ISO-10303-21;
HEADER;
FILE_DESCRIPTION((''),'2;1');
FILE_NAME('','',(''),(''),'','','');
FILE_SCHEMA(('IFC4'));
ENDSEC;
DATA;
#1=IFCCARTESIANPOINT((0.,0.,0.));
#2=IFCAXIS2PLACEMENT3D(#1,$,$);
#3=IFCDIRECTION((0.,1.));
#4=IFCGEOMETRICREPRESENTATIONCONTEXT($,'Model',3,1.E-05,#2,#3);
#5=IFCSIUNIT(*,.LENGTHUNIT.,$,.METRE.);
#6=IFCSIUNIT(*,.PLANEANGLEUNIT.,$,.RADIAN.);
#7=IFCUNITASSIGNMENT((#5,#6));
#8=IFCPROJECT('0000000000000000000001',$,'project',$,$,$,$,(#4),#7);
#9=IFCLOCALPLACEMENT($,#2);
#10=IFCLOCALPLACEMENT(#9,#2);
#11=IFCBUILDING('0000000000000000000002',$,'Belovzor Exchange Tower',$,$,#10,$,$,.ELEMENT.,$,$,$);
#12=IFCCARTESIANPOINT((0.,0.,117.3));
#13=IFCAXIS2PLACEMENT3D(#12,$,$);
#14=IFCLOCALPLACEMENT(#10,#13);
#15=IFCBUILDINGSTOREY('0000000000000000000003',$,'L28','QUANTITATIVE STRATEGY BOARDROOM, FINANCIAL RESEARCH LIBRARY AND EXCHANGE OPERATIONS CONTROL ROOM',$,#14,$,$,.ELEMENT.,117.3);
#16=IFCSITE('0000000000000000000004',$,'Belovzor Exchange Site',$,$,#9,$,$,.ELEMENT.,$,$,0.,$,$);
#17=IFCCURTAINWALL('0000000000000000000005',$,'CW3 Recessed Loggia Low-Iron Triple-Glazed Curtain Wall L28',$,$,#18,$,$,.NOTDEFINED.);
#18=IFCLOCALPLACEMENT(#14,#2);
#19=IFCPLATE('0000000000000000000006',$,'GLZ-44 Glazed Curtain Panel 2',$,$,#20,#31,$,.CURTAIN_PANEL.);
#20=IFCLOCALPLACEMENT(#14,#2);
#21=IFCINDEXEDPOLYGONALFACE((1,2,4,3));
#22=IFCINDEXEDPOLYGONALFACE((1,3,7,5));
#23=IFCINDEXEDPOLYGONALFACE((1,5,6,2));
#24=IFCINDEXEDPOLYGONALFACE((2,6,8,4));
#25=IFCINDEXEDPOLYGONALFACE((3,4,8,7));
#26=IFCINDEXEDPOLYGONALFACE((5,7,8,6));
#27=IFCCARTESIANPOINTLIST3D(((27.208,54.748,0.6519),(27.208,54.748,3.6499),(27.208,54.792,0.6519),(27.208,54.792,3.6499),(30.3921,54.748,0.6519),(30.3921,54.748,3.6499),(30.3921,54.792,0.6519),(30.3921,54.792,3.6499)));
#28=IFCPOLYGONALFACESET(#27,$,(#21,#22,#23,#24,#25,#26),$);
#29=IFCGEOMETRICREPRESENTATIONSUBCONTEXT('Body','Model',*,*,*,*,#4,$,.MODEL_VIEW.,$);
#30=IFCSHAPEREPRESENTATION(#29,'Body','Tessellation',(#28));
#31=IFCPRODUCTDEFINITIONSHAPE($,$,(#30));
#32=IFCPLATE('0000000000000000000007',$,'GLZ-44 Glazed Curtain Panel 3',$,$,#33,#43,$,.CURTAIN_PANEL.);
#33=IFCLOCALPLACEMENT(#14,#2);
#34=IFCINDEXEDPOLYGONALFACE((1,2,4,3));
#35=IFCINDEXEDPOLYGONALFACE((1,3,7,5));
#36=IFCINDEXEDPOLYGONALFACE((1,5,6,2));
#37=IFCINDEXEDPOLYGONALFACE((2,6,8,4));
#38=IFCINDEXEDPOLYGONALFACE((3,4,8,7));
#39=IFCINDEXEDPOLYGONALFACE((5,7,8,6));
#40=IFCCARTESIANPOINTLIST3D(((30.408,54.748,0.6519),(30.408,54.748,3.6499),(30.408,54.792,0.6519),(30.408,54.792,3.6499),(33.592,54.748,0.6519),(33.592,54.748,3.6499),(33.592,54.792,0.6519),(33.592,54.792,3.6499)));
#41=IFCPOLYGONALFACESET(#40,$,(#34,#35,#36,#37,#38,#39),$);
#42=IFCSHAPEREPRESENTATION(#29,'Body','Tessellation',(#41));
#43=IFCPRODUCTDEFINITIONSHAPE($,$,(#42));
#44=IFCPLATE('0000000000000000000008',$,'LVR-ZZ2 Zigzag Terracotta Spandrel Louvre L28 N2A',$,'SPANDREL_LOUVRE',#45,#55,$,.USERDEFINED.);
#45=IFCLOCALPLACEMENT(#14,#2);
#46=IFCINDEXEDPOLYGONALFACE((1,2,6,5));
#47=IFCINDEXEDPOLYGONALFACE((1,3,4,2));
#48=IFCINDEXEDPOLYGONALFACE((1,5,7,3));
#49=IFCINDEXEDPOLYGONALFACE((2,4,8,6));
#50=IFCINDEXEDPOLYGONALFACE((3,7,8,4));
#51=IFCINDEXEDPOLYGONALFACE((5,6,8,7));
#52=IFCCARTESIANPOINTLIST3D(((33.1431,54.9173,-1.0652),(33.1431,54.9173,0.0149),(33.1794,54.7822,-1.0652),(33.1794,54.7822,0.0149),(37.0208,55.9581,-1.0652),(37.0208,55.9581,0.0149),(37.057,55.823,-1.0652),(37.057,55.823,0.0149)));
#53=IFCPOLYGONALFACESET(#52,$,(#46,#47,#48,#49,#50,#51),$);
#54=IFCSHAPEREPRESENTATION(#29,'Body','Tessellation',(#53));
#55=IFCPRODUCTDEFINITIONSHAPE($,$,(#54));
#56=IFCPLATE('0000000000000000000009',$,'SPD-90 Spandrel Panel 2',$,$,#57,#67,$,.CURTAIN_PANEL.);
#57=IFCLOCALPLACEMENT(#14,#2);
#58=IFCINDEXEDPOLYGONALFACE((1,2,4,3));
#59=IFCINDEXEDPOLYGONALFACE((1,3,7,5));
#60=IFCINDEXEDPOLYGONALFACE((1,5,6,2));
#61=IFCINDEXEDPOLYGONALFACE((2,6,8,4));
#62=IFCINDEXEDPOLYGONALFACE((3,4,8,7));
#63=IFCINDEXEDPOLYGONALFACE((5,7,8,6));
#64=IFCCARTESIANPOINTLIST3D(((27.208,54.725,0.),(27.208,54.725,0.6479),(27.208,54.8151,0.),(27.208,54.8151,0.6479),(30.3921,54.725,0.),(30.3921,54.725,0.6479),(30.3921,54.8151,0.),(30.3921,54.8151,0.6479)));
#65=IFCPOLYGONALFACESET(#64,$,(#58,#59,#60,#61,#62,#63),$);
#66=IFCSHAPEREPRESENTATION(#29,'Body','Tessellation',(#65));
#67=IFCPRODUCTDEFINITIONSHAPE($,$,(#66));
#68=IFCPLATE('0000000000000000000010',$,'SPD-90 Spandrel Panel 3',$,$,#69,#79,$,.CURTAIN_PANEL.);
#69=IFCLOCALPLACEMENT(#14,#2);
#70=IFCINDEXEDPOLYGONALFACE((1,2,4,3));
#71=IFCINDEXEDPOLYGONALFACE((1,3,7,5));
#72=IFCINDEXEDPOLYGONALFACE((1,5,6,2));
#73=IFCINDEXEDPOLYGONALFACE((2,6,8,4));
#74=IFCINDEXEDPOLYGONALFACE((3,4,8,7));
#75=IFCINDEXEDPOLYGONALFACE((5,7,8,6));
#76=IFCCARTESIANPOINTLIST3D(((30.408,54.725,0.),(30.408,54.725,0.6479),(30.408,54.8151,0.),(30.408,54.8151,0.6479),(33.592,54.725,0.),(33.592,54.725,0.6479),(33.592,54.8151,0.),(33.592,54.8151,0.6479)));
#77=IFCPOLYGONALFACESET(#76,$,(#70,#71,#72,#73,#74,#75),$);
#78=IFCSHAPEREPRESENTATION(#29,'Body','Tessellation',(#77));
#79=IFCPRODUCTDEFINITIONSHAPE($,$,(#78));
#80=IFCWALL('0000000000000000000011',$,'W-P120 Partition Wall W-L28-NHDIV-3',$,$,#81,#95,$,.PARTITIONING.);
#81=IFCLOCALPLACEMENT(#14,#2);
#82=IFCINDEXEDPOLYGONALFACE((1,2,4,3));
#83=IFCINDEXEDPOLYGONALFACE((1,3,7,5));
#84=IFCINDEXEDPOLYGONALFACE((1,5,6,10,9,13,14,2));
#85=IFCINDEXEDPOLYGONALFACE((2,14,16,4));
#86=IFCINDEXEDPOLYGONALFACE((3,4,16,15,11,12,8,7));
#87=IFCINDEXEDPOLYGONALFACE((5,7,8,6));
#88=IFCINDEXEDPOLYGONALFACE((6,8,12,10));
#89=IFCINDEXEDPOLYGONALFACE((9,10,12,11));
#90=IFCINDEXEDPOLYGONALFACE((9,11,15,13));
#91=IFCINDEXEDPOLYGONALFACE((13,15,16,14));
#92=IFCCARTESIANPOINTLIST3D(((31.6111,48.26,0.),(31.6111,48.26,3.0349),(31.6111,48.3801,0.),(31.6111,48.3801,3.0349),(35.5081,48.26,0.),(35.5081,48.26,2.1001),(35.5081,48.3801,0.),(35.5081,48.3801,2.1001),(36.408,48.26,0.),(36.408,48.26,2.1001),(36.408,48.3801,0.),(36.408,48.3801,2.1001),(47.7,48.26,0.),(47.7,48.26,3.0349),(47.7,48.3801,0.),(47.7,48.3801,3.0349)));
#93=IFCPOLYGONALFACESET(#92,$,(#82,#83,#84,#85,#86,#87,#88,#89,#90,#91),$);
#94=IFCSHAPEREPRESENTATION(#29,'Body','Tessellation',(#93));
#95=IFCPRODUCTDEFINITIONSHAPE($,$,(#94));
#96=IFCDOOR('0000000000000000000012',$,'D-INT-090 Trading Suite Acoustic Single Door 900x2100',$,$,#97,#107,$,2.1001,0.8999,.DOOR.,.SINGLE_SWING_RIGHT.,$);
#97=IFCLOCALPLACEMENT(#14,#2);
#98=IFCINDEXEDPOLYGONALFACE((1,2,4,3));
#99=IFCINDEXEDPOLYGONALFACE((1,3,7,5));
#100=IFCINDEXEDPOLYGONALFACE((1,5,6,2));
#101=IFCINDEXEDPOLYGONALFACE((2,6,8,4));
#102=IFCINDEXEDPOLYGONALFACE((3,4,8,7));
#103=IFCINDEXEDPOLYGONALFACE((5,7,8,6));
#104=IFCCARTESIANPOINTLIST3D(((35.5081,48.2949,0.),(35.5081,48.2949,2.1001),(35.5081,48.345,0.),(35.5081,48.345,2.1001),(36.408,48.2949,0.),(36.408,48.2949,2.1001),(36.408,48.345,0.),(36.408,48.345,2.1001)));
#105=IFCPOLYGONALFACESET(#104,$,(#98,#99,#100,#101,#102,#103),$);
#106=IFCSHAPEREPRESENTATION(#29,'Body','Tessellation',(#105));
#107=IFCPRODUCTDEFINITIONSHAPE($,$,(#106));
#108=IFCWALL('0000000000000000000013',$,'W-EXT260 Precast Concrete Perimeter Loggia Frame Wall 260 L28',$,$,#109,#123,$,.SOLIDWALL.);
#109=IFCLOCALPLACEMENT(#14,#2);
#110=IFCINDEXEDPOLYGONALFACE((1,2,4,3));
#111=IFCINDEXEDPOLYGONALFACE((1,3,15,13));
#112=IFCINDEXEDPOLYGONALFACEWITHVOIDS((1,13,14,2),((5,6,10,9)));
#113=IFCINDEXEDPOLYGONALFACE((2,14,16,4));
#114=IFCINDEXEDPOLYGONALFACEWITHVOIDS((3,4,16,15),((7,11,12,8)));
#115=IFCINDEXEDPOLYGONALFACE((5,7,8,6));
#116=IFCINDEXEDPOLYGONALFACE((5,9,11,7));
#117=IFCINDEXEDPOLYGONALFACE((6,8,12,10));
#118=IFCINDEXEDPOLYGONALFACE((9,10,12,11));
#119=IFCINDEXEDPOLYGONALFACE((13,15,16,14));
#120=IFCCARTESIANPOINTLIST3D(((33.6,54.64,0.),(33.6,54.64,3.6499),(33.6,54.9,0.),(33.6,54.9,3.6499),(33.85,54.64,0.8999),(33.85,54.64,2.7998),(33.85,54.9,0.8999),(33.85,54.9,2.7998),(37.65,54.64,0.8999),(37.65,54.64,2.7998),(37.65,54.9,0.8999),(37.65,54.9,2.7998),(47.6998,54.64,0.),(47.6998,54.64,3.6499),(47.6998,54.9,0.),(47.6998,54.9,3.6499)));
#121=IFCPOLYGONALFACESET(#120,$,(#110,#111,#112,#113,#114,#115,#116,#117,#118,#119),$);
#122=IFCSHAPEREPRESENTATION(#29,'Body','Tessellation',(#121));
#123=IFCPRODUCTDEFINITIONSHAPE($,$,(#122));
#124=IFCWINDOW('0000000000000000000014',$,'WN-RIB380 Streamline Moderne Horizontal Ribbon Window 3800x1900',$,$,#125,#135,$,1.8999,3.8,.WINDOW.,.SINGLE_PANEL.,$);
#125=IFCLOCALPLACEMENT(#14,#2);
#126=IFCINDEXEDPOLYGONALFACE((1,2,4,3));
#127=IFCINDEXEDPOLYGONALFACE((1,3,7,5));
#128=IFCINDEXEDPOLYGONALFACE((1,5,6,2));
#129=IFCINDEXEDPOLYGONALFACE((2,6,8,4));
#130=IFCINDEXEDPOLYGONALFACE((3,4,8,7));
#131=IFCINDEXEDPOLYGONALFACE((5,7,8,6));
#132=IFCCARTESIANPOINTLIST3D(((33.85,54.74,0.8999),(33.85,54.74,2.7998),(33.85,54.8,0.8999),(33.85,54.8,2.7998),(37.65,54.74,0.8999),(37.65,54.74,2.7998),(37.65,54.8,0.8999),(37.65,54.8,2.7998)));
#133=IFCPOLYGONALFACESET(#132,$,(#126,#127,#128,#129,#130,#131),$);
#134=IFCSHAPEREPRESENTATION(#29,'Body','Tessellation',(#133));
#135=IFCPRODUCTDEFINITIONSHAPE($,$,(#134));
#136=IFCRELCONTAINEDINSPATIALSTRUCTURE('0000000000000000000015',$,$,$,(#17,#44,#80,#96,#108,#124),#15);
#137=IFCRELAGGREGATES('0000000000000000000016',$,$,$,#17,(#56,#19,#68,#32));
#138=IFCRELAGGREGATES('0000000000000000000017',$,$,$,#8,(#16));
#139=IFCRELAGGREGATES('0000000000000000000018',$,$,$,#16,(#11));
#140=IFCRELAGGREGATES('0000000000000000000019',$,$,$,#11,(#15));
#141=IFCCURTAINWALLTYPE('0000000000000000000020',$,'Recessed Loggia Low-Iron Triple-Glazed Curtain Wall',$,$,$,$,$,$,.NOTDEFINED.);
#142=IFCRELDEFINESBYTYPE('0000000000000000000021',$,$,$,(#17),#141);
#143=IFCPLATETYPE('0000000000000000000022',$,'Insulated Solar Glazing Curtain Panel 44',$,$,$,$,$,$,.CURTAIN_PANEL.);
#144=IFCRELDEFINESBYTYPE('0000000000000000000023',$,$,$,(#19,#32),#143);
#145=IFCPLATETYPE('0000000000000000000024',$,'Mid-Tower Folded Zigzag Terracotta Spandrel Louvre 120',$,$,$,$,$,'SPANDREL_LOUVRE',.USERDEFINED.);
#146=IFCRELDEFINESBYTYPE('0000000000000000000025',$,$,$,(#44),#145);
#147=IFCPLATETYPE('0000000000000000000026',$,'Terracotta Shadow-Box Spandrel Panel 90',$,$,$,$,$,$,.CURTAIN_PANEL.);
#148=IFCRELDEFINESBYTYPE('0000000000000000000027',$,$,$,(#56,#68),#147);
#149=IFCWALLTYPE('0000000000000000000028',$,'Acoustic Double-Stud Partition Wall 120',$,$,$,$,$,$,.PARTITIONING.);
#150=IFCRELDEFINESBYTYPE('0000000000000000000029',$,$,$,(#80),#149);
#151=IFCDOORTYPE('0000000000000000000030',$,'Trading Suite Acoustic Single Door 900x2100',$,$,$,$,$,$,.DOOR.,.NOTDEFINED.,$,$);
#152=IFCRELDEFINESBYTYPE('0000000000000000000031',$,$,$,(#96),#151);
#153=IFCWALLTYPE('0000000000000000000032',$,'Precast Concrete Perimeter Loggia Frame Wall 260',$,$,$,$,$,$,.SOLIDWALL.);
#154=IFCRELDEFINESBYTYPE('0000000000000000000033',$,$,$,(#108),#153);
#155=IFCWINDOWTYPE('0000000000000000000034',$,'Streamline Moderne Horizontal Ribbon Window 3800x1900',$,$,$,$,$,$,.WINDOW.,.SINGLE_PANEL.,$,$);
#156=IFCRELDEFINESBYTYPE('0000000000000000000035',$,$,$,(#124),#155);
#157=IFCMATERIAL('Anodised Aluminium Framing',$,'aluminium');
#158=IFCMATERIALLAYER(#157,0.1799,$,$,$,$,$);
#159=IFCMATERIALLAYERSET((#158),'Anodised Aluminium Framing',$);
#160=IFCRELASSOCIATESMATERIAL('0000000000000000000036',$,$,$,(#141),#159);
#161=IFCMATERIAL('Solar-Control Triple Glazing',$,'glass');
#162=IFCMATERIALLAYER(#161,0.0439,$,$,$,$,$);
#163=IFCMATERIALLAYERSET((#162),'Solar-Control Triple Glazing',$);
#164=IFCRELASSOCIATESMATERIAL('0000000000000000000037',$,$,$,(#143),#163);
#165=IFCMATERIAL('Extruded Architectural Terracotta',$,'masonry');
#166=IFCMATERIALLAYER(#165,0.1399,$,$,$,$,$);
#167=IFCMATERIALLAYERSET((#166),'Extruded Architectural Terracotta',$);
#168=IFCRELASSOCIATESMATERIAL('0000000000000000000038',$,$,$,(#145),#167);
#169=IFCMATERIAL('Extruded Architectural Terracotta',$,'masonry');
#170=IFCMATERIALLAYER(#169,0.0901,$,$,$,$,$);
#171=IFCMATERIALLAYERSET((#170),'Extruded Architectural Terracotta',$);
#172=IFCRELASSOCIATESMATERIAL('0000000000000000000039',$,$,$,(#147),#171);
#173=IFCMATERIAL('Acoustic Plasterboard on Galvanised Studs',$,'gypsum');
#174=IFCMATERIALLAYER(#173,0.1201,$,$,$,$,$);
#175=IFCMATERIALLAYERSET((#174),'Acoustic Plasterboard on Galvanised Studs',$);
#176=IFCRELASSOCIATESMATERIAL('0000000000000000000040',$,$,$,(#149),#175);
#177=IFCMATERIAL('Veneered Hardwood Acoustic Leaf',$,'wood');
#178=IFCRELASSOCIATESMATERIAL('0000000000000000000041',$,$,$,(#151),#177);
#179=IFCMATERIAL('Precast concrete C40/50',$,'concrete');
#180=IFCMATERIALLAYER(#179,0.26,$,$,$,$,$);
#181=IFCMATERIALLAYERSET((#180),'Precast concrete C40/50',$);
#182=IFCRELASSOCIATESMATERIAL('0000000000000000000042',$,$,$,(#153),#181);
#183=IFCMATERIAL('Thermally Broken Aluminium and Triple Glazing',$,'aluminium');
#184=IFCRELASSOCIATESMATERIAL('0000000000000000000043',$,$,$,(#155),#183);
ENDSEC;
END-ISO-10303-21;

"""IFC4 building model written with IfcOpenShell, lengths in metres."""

from ifc_helpers import new_model, si_unit, direction, frame, frame_2d, origin, origin_2d, place, context, subcontext, project, spatial, rectangle, extrude, material, layer, layer_set, type_object, element, fill, aggregate, save


model = new_model("IFC4")

# Units and contexts
model_context = context("Model", 3, precision=1e-05, world=origin(), true_north=direction((0.0, 1.0)))
body_context = subcontext(model_context, "Body", "Model", "MODEL_VIEW")
ifc_project = project(units=[si_unit("LENGTHUNIT", "METRE"), si_unit("PLANEANGLEUNIT", "RADIAN")], contexts=[model_context])

# Site, building, storey
site_placement = place(None, origin())
site = spatial("IfcSite", under=ifc_project, at=site_placement, Name="Belovzor Exchange Site", CompositionType="ELEMENT", RefElevation=0.0)
building_placement = place(site_placement, origin())
building = spatial("IfcBuilding", under=site, at=building_placement, Name="Belovzor Exchange Tower", CompositionType="ELEMENT")
storey_placement = place(building_placement, frame((0.0, 0.0, 117.3)))
storey = spatial("IfcBuildingStorey", under=building, at=storey_placement, Name="L28", Description="QUANTITATIVE STRATEGY BOARDROOM, FINANCIAL RESEARCH LIBRARY AND EXCHANGE OPERATIONS CONTROL ROOM", CompositionType="ELEMENT", Elevation=117.3)

# Curtain wall, plates
ifc_material_1 = material(Name="Anodised Aluminium Framing", Category="aluminium")
ifc_layer_1 = layer(ifc_material_1, 0.1799)
ifc_layer_set_1 = layer_set([ifc_layer_1], Name="Anodised Aluminium Framing")
curtain_wall_type = type_object("IfcCurtainWallType", Name="Recessed Loggia Low-Iron Triple-Glazed Curtain Wall", PredefinedType="NOTDEFINED", material=ifc_layer_set_1)
curtain_wall_placement = place(storey_placement, origin())
curtain_wall = element("IfcCurtainWall", 1, at=curtain_wall_placement, inside=storey, type_object=curtain_wall_type, Name="CW3 Recessed Loggia Low-Iron Triple-Glazed Curtain Wall L28", PredefinedType="NOTDEFINED")
ifc_material_2 = material(Name="Solar-Control Triple Glazing", Category="glass")
ifc_layer_2 = layer(ifc_material_2, 0.0439)
ifc_layer_set_2 = layer_set([ifc_layer_2], Name="Solar-Control Triple Glazing")
plate_type_1 = type_object("IfcPlateType", Name="Insulated Solar Glazing Curtain Panel 44", PredefinedType="CURTAIN_PANEL", material=ifc_layer_set_2)
plate_1_placement = place(storey_placement, frame((28.8, 54.77, 0.6519), z_axis=(0.0, 0.0, 1.0), x_axis=(1.0, 0.0, 0.0)))
plate_1 = element("IfcPlate", 2, at=plate_1_placement, type_object=plate_type_1, Name="GLZ-44 Glazed Curtain Panel 2", PredefinedType="CURTAIN_PANEL", context=body_context, shape_type="SweptSolid", body=[
    extrude(rectangle(XDim=3.1841, YDim=0.0439, at=origin_2d()), origin(), (0.0, 0.0, 1.0), 2.998),
])
plate_2_placement = place(storey_placement, frame((32.0, 54.77, 0.6519), z_axis=(0.0, 0.0, 1.0), x_axis=(1.0, 0.0, 0.0)))
plate_2 = element("IfcPlate", 3, at=plate_2_placement, type_object=plate_type_1, Name="GLZ-44 Glazed Curtain Panel 3", PredefinedType="CURTAIN_PANEL", context=body_context, shape_type="SweptSolid", body=[
    extrude(rectangle(XDim=3.1841, YDim=0.0439, at=origin_2d()), origin(), (0.0, 0.0, 1.0), 2.998),
])

# Plates
ifc_material_3 = material(Name="Extruded Architectural Terracotta", Category="masonry")
ifc_layer_3 = layer(ifc_material_3, 0.1399)
ifc_layer_set_3 = layer_set([ifc_layer_3], Name="Extruded Architectural Terracotta")
plate_type_2 = type_object("IfcPlateType", Name="Mid-Tower Folded Zigzag Terracotta Spandrel Louvre 120", ElementType="SPANDREL_LOUVRE", PredefinedType="USERDEFINED", material=ifc_layer_set_3)
plate_3_placement = place(storey_placement, frame((35.1001, 55.3701, -1.0652), z_axis=(0.0, 0.0, 1.0), x_axis=(0.965813, 0.25924, 0.0)))
element("IfcPlate", 4, at=plate_3_placement, inside=storey, type_object=plate_type_2, Name="LVR-ZZ2 Zigzag Terracotta Spandrel Louvre L28 N2A", ObjectType="SPANDREL_LOUVRE", PredefinedType="USERDEFINED", context=body_context, shape_type="SweptSolid", body=[
    extrude(rectangle(XDim=4.0149, YDim=0.1399, at=origin_2d()), origin(), (0.0, 0.0, 1.0), 1.0801),
])
ifc_material_4 = material(Name="Extruded Architectural Terracotta", Category="masonry")
ifc_layer_4 = layer(ifc_material_4, 0.0901)
ifc_layer_set_4 = layer_set([ifc_layer_4], Name="Extruded Architectural Terracotta")
plate_type_3 = type_object("IfcPlateType", Name="Terracotta Shadow-Box Spandrel Panel 90", PredefinedType="CURTAIN_PANEL", material=ifc_layer_set_4)
plate_4_placement = place(storey_placement, frame((28.8, 54.77, 0.0), z_axis=(0.0, 0.0, 1.0), x_axis=(1.0, 0.0, 0.0)))
plate_4 = element("IfcPlate", 5, at=plate_4_placement, type_object=plate_type_3, Name="SPD-90 Spandrel Panel 2", PredefinedType="CURTAIN_PANEL", context=body_context, shape_type="SweptSolid", body=[
    extrude(rectangle(XDim=3.1841, YDim=0.0901, at=origin_2d()), origin(), (0.0, 0.0, 1.0), 0.6479),
])
plate_5_placement = place(storey_placement, frame((32.0, 54.77, 0.0), z_axis=(0.0, 0.0, 1.0), x_axis=(1.0, 0.0, 0.0)))
plate_5 = element("IfcPlate", 6, at=plate_5_placement, type_object=plate_type_3, Name="SPD-90 Spandrel Panel 3", PredefinedType="CURTAIN_PANEL", context=body_context, shape_type="SweptSolid", body=[
    extrude(rectangle(XDim=3.1841, YDim=0.0901, at=origin_2d()), origin(), (0.0, 0.0, 1.0), 0.6479),
])
aggregate(curtain_wall, [plate_4, plate_1, plate_5, plate_2])

# Wall, opening, door
ifc_material_5 = material(Name="Acoustic Plasterboard on Galvanised Studs", Category="gypsum")
ifc_layer_5 = layer(ifc_material_5, 0.1201)
ifc_layer_set_5 = layer_set([ifc_layer_5], Name="Acoustic Plasterboard on Galvanised Studs")
wall_type_1 = type_object("IfcWallType", Name="Acoustic Double-Stud Partition Wall 120", PredefinedType="PARTITIONING", material=ifc_layer_set_5)
wall_1_placement = place(storey_placement, frame((31.6111, 48.3201, 0.0), z_axis=(0.0, 0.0, 1.0), x_axis=(1.0, 0.0, 0.0)))
wall_1 = element("IfcWall", 7, at=wall_1_placement, inside=storey, type_object=wall_type_1, Name="W-P120 Partition Wall W-L28-NHDIV-3", PredefinedType="PARTITIONING", context=body_context, shape_type="SweptSolid", body=[
    extrude(rectangle(XDim=16.0889, YDim=0.1201, at=frame_2d((8.0444, 0.0))), origin(), (0.0, 0.0, 1.0), 3.0349),
])
opening_1_placement = place(wall_1_placement, frame((3.897, 0.0, 0.0)))
opening_1 = element("IfcOpeningElement", 8, at=opening_1_placement, cuts=wall_1, PredefinedType="OPENING", context=body_context, shape_type="SweptSolid", body=[
    extrude(rectangle(XDim=0.8999, YDim=2.1001, at=frame_2d((0.45, 1.05))), frame((0.0, 0.0701, 0.0), z_axis=(0.0, -1.0, 0.0), x_axis=(1.0, 0.0, 0.0)), (0.0, 0.0, 1.0), 0.1401),
])
ifc_material_6 = material(Name="Veneered Hardwood Acoustic Leaf", Category="wood")
door_type = type_object("IfcDoorType", Name="Trading Suite Acoustic Single Door 900x2100", OperationType="NOTDEFINED", PredefinedType="DOOR", material=ifc_material_6)
door_placement = place(opening_1_placement, origin())
door = element("IfcDoor", 9, at=door_placement, inside=storey, type_object=door_type, Name="D-INT-090 Trading Suite Acoustic Single Door 900x2100", OperationType="SINGLE_SWING_RIGHT", OverallHeight=2.1001, OverallWidth=0.8999, PredefinedType="DOOR", context=body_context, shape_type="SweptSolid", body=[
    extrude(rectangle(XDim=0.8999, YDim=2.1001, at=frame_2d((0.45, 1.05))), frame((0.0, 0.0249, 0.0), z_axis=(0.0, -1.0, 0.0), x_axis=(1.0, 0.0, 0.0)), (0.0, 0.0, 1.0), 0.05),
])
fill(opening_1, door)

# Wall, opening, window
ifc_material_7 = material(Name="Precast concrete C40/50", Category="concrete")
ifc_layer_6 = layer(ifc_material_7, 0.26)
ifc_layer_set_6 = layer_set([ifc_layer_6], Name="Precast concrete C40/50")
wall_type_2 = type_object("IfcWallType", Name="Precast Concrete Perimeter Loggia Frame Wall 260", PredefinedType="SOLIDWALL", material=ifc_layer_set_6)
wall_2_placement = place(storey_placement, frame((33.6001, 54.77, 0.0), z_axis=(0.0, 0.0, 1.0), x_axis=(1.0, 0.0, 0.0)))
wall_2 = element("IfcWall", 10, at=wall_2_placement, inside=storey, type_object=wall_type_2, Name="W-EXT260 Precast Concrete Perimeter Loggia Frame Wall 260 L28", PredefinedType="SOLIDWALL", context=body_context, shape_type="SweptSolid", body=[
    extrude(rectangle(XDim=14.0999, YDim=0.26, at=frame_2d((7.0498, 0.0))), origin(), (0.0, 0.0, 1.0), 3.6499),
])
opening_2_placement = place(wall_2_placement, frame((0.25, 0.0, 0.8999)))
opening_2 = element("IfcOpeningElement", 11, at=opening_2_placement, cuts=wall_2, PredefinedType="OPENING", context=body_context, shape_type="SweptSolid", body=[
    extrude(rectangle(XDim=3.8, YDim=1.8999, at=frame_2d((1.8999, 0.95))), frame((0.0, 0.1399, 0.0), z_axis=(0.0, -1.0, 0.0), x_axis=(1.0, 0.0, 0.0)), (0.0, 0.0, 1.0), 0.28),
])
ifc_material_8 = material(Name="Thermally Broken Aluminium and Triple Glazing", Category="aluminium")
window_type = type_object("IfcWindowType", Name="Streamline Moderne Horizontal Ribbon Window 3800x1900", PartitioningType="SINGLE_PANEL", PredefinedType="WINDOW", material=ifc_material_8)
window_placement = place(opening_2_placement, origin())
window = element("IfcWindow", 12, at=window_placement, inside=storey, type_object=window_type, Name="WN-RIB380 Streamline Moderne Horizontal Ribbon Window 3800x1900", OverallHeight=1.8999, OverallWidth=3.8, PartitioningType="SINGLE_PANEL", PredefinedType="WINDOW", context=body_context, shape_type="SweptSolid", body=[
    extrude(rectangle(XDim=3.8, YDim=1.8999, at=frame_2d((1.8999, 0.95))), frame((0.0, 0.03, 0.0), z_axis=(0.0, -1.0, 0.0), x_axis=(1.0, 0.0, 0.0)), (0.0, 0.0, 1.0), 0.0601),
])
fill(opening_2, window)

save(model, "model.ifc")
